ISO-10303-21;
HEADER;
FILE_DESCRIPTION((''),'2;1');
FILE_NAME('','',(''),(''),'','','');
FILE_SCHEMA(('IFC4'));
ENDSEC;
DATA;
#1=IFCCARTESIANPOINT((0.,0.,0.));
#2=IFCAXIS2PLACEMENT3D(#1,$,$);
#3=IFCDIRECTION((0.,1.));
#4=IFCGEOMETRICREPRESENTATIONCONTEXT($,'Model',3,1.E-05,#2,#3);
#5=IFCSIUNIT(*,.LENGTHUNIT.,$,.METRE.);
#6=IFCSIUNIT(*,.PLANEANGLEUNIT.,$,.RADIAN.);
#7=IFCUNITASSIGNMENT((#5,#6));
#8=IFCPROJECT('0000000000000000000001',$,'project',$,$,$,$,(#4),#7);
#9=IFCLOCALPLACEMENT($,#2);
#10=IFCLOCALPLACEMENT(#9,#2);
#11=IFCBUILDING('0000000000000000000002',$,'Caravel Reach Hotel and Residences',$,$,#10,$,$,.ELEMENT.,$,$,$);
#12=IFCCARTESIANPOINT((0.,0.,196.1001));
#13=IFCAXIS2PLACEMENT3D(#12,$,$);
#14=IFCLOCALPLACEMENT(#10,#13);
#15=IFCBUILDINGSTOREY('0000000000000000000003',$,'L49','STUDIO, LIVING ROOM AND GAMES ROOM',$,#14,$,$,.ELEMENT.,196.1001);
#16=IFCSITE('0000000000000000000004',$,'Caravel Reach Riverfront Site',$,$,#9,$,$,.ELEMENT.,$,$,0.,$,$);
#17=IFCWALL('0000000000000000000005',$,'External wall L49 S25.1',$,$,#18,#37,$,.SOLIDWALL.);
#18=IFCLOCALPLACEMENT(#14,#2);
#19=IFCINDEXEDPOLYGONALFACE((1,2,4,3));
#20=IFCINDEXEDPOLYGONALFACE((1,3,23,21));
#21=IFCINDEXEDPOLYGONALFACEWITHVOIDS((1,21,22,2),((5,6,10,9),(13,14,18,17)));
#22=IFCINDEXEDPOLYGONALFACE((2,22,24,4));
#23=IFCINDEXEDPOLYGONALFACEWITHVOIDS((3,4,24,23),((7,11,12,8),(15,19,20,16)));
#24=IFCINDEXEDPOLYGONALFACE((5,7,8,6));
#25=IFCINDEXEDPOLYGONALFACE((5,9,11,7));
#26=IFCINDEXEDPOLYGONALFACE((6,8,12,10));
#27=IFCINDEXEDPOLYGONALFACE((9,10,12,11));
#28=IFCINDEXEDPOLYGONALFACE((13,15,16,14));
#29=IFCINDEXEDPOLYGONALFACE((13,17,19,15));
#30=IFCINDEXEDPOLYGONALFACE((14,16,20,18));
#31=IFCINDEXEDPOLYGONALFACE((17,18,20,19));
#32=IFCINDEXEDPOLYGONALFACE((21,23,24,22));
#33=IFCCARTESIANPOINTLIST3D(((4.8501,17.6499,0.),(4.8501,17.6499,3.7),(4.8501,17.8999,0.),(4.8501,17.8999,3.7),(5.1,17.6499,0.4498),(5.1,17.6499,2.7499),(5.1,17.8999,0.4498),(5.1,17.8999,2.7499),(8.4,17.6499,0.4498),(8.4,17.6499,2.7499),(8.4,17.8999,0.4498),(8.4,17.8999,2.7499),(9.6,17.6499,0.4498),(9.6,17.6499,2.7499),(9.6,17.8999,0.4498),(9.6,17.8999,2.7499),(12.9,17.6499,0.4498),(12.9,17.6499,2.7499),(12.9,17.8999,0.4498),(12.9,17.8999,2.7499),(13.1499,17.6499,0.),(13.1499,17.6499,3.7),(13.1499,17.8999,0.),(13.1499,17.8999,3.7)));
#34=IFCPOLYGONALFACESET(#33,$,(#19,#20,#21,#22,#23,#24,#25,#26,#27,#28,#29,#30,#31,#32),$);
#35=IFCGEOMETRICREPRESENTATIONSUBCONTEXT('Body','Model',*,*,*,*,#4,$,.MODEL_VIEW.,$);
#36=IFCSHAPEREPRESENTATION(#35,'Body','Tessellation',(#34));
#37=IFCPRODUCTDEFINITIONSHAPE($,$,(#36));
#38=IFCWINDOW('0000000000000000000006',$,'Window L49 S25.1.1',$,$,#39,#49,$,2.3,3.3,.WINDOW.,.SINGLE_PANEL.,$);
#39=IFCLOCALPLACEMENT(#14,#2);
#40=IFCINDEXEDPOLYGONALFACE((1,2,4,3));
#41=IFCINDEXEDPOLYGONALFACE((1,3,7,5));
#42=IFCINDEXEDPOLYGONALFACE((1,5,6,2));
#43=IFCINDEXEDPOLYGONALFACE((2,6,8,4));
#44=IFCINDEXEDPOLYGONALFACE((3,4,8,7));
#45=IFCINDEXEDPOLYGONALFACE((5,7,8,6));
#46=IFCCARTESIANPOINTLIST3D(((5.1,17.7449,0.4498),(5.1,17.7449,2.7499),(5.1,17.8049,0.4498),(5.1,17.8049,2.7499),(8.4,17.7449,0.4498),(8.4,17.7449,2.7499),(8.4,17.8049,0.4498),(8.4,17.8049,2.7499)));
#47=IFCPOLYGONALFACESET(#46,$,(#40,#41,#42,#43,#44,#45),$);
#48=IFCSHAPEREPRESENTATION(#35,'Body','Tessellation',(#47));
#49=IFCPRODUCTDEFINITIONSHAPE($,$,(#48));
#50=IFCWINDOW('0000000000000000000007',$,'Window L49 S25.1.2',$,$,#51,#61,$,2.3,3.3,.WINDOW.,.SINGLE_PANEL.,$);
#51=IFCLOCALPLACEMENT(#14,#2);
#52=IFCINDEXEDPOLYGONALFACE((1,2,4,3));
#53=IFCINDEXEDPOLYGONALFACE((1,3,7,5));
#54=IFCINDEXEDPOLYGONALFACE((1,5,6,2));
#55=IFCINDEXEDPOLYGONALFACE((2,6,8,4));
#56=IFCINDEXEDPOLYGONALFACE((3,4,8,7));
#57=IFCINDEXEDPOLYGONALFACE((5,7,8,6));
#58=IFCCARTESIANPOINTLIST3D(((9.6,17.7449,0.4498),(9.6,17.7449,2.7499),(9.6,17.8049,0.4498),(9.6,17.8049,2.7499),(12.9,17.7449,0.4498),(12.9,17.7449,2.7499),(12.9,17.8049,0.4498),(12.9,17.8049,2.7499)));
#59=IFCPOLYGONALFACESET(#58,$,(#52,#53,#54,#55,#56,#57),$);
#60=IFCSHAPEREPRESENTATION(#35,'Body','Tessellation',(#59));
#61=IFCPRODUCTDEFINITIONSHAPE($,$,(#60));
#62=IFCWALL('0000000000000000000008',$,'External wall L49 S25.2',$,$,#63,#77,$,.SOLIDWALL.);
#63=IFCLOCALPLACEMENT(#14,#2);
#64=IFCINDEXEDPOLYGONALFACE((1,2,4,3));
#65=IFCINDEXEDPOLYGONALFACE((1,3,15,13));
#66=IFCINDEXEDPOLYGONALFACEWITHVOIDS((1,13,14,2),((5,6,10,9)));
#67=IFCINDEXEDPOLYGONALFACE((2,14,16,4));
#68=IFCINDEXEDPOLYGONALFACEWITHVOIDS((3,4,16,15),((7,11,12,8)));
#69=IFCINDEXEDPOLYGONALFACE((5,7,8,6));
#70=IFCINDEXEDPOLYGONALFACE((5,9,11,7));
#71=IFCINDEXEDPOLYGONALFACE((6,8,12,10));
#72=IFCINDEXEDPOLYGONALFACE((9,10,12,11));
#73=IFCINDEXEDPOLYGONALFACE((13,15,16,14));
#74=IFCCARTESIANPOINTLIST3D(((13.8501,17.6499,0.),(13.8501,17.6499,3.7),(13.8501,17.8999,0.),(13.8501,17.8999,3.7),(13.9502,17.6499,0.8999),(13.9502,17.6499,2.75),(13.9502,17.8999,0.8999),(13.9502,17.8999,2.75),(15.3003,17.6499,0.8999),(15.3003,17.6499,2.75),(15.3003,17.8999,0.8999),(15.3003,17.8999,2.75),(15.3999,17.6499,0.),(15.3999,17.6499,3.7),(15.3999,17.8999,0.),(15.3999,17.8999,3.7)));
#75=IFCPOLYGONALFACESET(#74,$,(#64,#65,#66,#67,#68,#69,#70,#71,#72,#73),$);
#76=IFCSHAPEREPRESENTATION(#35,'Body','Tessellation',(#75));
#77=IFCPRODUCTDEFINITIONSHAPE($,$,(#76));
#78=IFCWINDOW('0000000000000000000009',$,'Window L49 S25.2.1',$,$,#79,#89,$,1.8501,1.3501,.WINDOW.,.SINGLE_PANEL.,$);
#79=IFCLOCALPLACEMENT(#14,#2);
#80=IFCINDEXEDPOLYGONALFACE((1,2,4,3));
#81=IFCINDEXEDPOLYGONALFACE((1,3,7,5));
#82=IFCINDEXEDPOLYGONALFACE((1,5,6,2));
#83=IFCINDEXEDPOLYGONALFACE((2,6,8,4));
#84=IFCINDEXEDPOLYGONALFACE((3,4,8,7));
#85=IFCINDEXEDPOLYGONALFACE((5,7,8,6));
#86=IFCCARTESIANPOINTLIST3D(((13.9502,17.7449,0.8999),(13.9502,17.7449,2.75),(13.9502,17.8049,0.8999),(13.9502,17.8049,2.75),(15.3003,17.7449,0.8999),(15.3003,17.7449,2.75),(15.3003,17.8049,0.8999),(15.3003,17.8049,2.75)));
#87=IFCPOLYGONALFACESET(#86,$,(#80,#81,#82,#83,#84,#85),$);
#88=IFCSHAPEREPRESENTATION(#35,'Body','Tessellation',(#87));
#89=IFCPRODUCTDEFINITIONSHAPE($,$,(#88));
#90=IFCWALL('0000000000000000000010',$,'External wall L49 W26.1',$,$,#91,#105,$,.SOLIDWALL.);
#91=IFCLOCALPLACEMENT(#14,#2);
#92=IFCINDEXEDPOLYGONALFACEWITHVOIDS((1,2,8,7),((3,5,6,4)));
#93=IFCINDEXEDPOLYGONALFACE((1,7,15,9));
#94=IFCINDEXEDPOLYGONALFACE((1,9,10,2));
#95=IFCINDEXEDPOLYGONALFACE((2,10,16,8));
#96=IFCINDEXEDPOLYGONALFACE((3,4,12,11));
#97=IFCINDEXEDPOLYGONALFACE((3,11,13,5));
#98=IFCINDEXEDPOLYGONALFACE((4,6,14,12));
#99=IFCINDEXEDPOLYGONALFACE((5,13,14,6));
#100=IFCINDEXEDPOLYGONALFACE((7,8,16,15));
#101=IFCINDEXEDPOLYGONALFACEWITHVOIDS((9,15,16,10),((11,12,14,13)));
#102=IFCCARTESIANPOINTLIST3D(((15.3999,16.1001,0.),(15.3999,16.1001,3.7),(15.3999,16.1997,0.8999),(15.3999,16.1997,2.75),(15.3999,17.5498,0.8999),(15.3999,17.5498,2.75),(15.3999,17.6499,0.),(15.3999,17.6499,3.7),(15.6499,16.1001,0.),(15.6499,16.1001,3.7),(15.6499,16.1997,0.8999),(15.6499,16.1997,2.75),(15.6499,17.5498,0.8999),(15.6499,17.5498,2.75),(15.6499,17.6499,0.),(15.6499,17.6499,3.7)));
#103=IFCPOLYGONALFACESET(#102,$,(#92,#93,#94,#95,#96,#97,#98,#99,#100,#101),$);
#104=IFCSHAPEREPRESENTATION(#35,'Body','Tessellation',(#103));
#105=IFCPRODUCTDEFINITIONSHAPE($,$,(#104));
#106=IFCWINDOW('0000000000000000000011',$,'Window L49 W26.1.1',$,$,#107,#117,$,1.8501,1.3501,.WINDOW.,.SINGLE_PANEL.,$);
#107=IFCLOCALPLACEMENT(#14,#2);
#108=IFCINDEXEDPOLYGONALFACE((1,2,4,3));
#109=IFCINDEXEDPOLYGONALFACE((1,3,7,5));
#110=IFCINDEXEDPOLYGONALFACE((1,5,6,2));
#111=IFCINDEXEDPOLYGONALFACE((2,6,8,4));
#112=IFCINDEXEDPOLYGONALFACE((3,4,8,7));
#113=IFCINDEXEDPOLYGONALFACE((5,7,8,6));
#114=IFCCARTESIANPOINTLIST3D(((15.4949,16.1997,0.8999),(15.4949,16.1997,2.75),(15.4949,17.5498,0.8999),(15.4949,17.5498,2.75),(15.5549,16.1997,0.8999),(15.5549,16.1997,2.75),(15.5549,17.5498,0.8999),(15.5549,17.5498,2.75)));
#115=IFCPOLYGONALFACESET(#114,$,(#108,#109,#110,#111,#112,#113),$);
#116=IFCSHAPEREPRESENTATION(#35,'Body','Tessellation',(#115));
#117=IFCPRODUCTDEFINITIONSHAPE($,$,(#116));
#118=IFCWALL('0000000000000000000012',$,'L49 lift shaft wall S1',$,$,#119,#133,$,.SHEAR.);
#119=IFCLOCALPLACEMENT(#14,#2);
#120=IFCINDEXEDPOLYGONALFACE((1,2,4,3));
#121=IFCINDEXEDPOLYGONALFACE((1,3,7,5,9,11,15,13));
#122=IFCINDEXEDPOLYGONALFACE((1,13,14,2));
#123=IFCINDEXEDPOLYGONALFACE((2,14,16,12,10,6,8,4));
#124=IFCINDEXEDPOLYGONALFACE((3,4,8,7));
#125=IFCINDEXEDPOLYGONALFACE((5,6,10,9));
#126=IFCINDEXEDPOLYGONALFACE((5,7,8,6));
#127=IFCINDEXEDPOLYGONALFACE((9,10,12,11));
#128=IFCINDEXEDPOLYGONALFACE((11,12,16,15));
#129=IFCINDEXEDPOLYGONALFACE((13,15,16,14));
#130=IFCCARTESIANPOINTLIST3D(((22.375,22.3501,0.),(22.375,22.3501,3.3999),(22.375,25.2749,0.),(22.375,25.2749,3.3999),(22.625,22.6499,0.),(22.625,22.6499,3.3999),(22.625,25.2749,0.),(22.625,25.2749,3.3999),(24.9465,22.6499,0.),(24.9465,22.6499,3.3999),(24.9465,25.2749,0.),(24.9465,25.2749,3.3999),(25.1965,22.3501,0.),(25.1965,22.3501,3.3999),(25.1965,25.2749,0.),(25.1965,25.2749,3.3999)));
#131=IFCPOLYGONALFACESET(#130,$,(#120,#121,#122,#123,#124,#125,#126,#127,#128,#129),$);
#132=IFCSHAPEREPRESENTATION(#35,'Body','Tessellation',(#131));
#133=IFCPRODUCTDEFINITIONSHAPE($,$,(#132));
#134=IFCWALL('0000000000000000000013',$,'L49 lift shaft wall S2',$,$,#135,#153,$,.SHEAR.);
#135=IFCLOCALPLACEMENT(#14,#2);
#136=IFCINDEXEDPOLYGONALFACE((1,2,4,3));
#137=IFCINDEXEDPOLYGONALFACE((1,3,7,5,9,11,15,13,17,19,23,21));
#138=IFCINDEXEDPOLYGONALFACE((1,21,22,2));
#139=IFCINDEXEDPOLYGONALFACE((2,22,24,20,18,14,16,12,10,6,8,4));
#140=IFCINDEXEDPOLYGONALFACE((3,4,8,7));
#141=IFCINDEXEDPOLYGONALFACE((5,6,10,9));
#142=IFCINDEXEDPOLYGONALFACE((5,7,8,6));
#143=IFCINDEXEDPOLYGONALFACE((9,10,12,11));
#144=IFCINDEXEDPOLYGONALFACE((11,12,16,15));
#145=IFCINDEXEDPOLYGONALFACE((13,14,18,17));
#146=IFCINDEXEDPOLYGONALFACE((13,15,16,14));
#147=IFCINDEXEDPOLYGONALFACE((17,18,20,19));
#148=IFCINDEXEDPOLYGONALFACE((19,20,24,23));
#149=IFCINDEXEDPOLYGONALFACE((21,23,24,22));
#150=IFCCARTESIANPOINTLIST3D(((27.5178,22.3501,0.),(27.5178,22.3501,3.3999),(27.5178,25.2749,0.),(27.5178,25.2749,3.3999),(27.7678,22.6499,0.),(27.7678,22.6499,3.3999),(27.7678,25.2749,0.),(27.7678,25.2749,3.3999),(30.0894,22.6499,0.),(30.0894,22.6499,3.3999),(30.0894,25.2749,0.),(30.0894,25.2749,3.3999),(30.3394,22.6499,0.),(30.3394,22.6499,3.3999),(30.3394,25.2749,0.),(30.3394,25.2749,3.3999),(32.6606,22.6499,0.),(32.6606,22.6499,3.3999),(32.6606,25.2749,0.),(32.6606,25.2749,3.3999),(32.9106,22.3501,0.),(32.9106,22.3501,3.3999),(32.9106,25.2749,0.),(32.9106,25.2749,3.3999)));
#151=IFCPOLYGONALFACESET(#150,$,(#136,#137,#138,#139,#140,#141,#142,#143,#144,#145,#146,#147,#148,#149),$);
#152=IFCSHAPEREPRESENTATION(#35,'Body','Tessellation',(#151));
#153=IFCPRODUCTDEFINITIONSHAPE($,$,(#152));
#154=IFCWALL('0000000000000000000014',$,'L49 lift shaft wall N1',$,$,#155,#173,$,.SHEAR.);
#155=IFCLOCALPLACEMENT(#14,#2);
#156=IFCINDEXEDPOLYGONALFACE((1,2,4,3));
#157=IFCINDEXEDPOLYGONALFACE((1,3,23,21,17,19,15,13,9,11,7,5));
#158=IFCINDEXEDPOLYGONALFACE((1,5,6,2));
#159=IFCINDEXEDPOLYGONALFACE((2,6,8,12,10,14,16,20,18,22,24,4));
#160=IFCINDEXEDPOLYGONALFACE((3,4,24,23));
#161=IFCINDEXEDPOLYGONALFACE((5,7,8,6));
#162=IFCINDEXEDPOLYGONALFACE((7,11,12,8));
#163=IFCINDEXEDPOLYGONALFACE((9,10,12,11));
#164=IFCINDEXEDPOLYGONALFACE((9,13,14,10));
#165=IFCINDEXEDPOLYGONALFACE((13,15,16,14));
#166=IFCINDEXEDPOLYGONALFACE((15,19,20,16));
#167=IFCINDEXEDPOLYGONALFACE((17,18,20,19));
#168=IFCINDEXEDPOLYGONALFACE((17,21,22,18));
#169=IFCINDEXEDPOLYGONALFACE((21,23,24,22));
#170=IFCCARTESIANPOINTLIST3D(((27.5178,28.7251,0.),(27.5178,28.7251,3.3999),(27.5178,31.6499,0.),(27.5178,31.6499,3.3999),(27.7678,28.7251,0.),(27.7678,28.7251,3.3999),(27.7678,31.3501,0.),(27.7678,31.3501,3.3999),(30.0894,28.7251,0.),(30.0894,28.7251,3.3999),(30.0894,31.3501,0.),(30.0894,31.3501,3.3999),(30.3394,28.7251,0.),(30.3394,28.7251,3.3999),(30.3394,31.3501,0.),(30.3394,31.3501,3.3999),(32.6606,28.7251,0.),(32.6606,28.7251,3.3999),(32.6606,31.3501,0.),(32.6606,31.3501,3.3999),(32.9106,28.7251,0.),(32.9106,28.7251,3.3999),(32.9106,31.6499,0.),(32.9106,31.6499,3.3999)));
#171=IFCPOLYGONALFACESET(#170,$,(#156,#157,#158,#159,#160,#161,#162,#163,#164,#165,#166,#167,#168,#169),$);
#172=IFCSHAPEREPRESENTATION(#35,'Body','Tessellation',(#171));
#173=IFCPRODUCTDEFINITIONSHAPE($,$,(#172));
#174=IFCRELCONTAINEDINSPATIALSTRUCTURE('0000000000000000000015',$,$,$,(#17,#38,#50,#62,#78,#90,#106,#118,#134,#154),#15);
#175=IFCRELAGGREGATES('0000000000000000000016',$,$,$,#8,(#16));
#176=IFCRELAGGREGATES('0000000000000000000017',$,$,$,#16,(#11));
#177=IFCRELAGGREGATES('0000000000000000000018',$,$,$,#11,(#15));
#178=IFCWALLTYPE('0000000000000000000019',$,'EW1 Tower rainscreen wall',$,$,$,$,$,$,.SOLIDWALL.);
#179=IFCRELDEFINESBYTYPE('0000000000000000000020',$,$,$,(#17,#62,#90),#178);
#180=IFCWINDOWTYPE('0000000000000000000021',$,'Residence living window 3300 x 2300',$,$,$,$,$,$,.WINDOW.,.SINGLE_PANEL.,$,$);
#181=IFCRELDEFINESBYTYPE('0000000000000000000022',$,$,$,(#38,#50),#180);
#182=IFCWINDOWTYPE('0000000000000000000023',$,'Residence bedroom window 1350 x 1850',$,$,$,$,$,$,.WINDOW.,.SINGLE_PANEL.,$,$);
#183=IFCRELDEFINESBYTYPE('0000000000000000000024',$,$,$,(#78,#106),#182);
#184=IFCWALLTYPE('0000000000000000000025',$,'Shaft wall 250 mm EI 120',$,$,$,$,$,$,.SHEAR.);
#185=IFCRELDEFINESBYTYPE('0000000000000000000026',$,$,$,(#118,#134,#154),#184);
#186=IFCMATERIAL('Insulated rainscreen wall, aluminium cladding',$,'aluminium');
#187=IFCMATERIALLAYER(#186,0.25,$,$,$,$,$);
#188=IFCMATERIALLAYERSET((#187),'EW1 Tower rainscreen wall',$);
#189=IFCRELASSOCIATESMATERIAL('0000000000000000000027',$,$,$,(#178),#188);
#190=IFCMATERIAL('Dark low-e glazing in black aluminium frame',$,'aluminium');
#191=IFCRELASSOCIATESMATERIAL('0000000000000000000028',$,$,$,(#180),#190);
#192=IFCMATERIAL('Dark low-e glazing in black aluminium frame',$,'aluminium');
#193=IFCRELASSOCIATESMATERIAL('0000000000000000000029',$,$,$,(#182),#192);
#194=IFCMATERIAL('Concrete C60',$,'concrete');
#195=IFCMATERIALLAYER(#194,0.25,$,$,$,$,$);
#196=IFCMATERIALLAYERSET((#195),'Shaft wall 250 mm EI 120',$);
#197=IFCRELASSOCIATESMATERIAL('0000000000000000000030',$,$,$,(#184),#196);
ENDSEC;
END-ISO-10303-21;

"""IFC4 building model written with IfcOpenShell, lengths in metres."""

from ifc_helpers import new_model, si_unit, direction, frame, frame_2d, origin, place, context, subcontext, project, spatial, polyline, rectangle, outline, extrude, material, layer, layer_set, type_object, element, fill, save


model = new_model("IFC4")

# Units and contexts
model_context = context("Model", 3, precision=1e-05, world=origin(), true_north=direction((0.0, 1.0)))
body_context = subcontext(model_context, "Body", "Model", "MODEL_VIEW")
ifc_project = project(units=[si_unit("LENGTHUNIT", "METRE"), si_unit("PLANEANGLEUNIT", "RADIAN")], contexts=[model_context])

# Site, building, storey
site_placement = place(None, origin())
site = spatial("IfcSite", under=ifc_project, at=site_placement, Name="Caravel Reach Riverfront Site", CompositionType="ELEMENT", RefElevation=0.0)
building_placement = place(site_placement, origin())
building = spatial("IfcBuilding", under=site, at=building_placement, Name="Caravel Reach Hotel and Residences", CompositionType="ELEMENT")
storey_placement = place(building_placement, frame((0.0, 0.0, 196.1001)))
storey = spatial("IfcBuildingStorey", under=building, at=storey_placement, Name="L49", Description="STUDIO, LIVING ROOM AND GAMES ROOM", CompositionType="ELEMENT", Elevation=196.1001)

# Wall, openings, windows
ifc_material_1 = material(Name="Insulated rainscreen wall, aluminium cladding", Category="aluminium")
ifc_layer_1 = layer(ifc_material_1, 0.25)
ifc_layer_set_1 = layer_set([ifc_layer_1], Name="EW1 Tower rainscreen wall")
wall_type_1 = type_object("IfcWallType", Name="EW1 Tower rainscreen wall", PredefinedType="SOLIDWALL", material=ifc_layer_set_1)
wall_1_placement = place(storey_placement, frame((4.8501, 17.7749, 0.0), z_axis=(0.0, 0.0, 1.0), x_axis=(1.0, 0.0, 0.0)))
wall_1 = element("IfcWall", 1, at=wall_1_placement, inside=storey, type_object=wall_type_1, Name="External wall L49 S25.1", PredefinedType="SOLIDWALL", context=body_context, shape_type="SweptSolid", body=[
    extrude(rectangle(XDim=8.2998, YDim=0.25, at=frame_2d((4.1499, 0.0))), origin(), (0.0, 0.0, 1.0), 3.7),
])
opening_1_placement = place(wall_1_placement, frame((0.25, 0.0, 0.45)))
opening_1 = element("IfcOpeningElement", 2, at=opening_1_placement, cuts=wall_1, PredefinedType="OPENING", context=body_context, shape_type="SweptSolid", body=[
    extrude(rectangle(XDim=3.3, YDim=2.3, at=frame_2d((1.6499, 1.1499))), frame((0.0, 0.135, 0.0), z_axis=(0.0, -1.0, 0.0), x_axis=(1.0, 0.0, 0.0)), (0.0, 0.0, 1.0), 0.27),
])
opening_2_placement = place(wall_1_placement, frame((4.75, 0.0, 0.45)))
opening_2 = element("IfcOpeningElement", 3, at=opening_2_placement, cuts=wall_1, PredefinedType="OPENING", context=body_context, shape_type="SweptSolid", body=[
    extrude(rectangle(XDim=3.3, YDim=2.3, at=frame_2d((1.6499, 1.1499))), frame((0.0, 0.135, 0.0), z_axis=(0.0, -1.0, 0.0), x_axis=(1.0, 0.0, 0.0)), (0.0, 0.0, 1.0), 0.27),
])
ifc_material_2 = material(Name="Dark low-e glazing in black aluminium frame", Category="aluminium")
window_type_1 = type_object("IfcWindowType", Name="Residence living window 3300 x 2300", PartitioningType="SINGLE_PANEL", PredefinedType="WINDOW", material=ifc_material_2)
window_1_placement = place(opening_1_placement, origin())
window_1 = element("IfcWindow", 4, at=window_1_placement, inside=storey, type_object=window_type_1, Name="Window L49 S25.1.1", OverallHeight=2.3, OverallWidth=3.3, PartitioningType="SINGLE_PANEL", PredefinedType="WINDOW", context=body_context, shape_type="SweptSolid", body=[
    extrude(rectangle(XDim=3.3, YDim=2.3, at=frame_2d((1.6499, 1.1499))), frame((0.0, 0.03, 0.0), z_axis=(0.0, -1.0, 0.0), x_axis=(1.0, 0.0, 0.0)), (0.0, 0.0, 1.0), 0.0601),
])
fill(opening_1, window_1)
window_2_placement = place(opening_2_placement, origin())
window_2 = element("IfcWindow", 5, at=window_2_placement, inside=storey, type_object=window_type_1, Name="Window L49 S25.1.2", OverallHeight=2.3, OverallWidth=3.3, PartitioningType="SINGLE_PANEL", PredefinedType="WINDOW", context=body_context, shape_type="SweptSolid", body=[
    extrude(rectangle(XDim=3.3, YDim=2.3, at=frame_2d((1.6499, 1.1499))), frame((0.0, 0.03, 0.0), z_axis=(0.0, -1.0, 0.0), x_axis=(1.0, 0.0, 0.0)), (0.0, 0.0, 1.0), 0.0601),
])
fill(opening_2, window_2)

# Walls, openings, windows
wall_2_placement = place(storey_placement, frame((13.8501, 17.7749, 0.0), z_axis=(0.0, 0.0, 1.0), x_axis=(1.0, 0.0, 0.0)))
wall_2 = element("IfcWall", 6, at=wall_2_placement, inside=storey, type_object=wall_type_1, Name="External wall L49 S25.2", PredefinedType="SOLIDWALL", context=body_context, shape_type="SweptSolid", body=[
    extrude(rectangle(XDim=1.5498, YDim=0.25, at=frame_2d((0.7749, 0.0))), origin(), (0.0, 0.0, 1.0), 3.7),
])
opening_3_placement = place(wall_2_placement, frame((0.1001, 0.0, 0.8999)))
opening_3 = element("IfcOpeningElement", 7, at=opening_3_placement, cuts=wall_2, PredefinedType="OPENING", context=body_context, shape_type="SweptSolid", body=[
    extrude(rectangle(XDim=1.3501, YDim=1.8501, at=frame_2d((0.675, 0.925))), frame((0.0, 0.135, 0.0), z_axis=(0.0, -1.0, 0.0), x_axis=(1.0, 0.0, 0.0)), (0.0, 0.0, 1.0), 0.27),
])
ifc_material_3 = material(Name="Dark low-e glazing in black aluminium frame", Category="aluminium")
window_type_2 = type_object("IfcWindowType", Name="Residence bedroom window 1350 x 1850", PartitioningType="SINGLE_PANEL", PredefinedType="WINDOW", material=ifc_material_3)
window_3_placement = place(opening_3_placement, origin())
window_3 = element("IfcWindow", 8, at=window_3_placement, inside=storey, type_object=window_type_2, Name="Window L49 S25.2.1", OverallHeight=1.8501, OverallWidth=1.3501, PartitioningType="SINGLE_PANEL", PredefinedType="WINDOW", context=body_context, shape_type="SweptSolid", body=[
    extrude(rectangle(XDim=1.3501, YDim=1.8501, at=frame_2d((0.675, 0.925))), frame((0.0, 0.03, 0.0), z_axis=(0.0, -1.0, 0.0), x_axis=(1.0, 0.0, 0.0)), (0.0, 0.0, 1.0), 0.0601),
])
fill(opening_3, window_3)
wall_3_placement = place(storey_placement, frame((15.5249, 17.6499, 0.0), z_axis=(0.0, 0.0, 1.0), x_axis=(0.0, -1.0, 0.0)))
wall_3 = element("IfcWall", 9, at=wall_3_placement, inside=storey, type_object=wall_type_1, Name="External wall L49 W26.1", PredefinedType="SOLIDWALL", context=body_context, shape_type="SweptSolid", body=[
    extrude(rectangle(XDim=1.5498, YDim=0.25, at=frame_2d((0.7749, 0.0))), origin(), (0.0, 0.0, 1.0), 3.7),
])
opening_4_placement = place(wall_3_placement, frame((0.1001, 0.0, 0.8999)))
opening_4 = element("IfcOpeningElement", 10, at=opening_4_placement, cuts=wall_3, PredefinedType="OPENING", context=body_context, shape_type="SweptSolid", body=[
    extrude(rectangle(XDim=1.3501, YDim=1.8501, at=frame_2d((0.675, 0.925))), frame((0.0, 0.135, 0.0), z_axis=(0.0, -1.0, 0.0), x_axis=(1.0, 0.0, 0.0)), (0.0, 0.0, 1.0), 0.27),
])
window_4_placement = place(opening_4_placement, origin())
window_4 = element("IfcWindow", 11, at=window_4_placement, inside=storey, type_object=window_type_2, Name="Window L49 W26.1.1", OverallHeight=1.8501, OverallWidth=1.3501, PartitioningType="SINGLE_PANEL", PredefinedType="WINDOW", context=body_context, shape_type="SweptSolid", body=[
    extrude(rectangle(XDim=1.3501, YDim=1.8501, at=frame_2d((0.675, 0.925))), frame((0.0, 0.03, 0.0), z_axis=(0.0, -1.0, 0.0), x_axis=(1.0, 0.0, 0.0)), (0.0, 0.0, 1.0), 0.0601),
])
fill(opening_4, window_4)

# Walls
ifc_material_4 = material(Name="Concrete C60", Category="concrete")
ifc_layer_2 = layer(ifc_material_4, 0.25)
ifc_layer_set_2 = layer_set([ifc_layer_2], Name="Shaft wall 250 mm EI 120")
wall_type_2 = type_object("IfcWallType", Name="Shaft wall 250 mm EI 120", PredefinedType="SHEAR", material=ifc_layer_set_2)
wall_4_placement = place(storey_placement, origin())
element("IfcWall", 12, at=wall_4_placement, inside=storey, type_object=wall_type_2, Name="L49 lift shaft wall S1", PredefinedType="SHEAR", context=body_context, shape_type="SweptSolid", body=[
    extrude(outline(polyline([(22.375, 22.3501), (25.1965, 22.3501), (25.1965, 25.2749), (24.9465, 25.2749), (24.9465, 22.6499), (22.625, 22.6499), (22.625, 25.2749), (22.375, 25.2749), (22.375, 22.3501)])), origin(), (0.0, 0.0, 1.0), 3.3999),
])
wall_5_placement = place(storey_placement, origin())
element("IfcWall", 13, at=wall_5_placement, inside=storey, type_object=wall_type_2, Name="L49 lift shaft wall S2", PredefinedType="SHEAR", context=body_context, shape_type="SweptSolid", body=[
    extrude(outline(polyline([(27.5178, 22.3501), (32.9106, 22.3501), (32.9106, 25.2749), (32.6606, 25.2749), (32.6606, 22.6499), (30.3394, 22.6499), (30.3394, 25.2749), (30.0894, 25.2749), (30.0894, 22.6499), (27.7678, 22.6499), (27.7678, 25.2749), (27.5178, 25.2749), (27.5178, 22.3501)])), origin(), (0.0, 0.0, 1.0), 3.3999),
])
wall_6_placement = place(storey_placement, origin())
element("IfcWall", 14, at=wall_6_placement, inside=storey, type_object=wall_type_2, Name="L49 lift shaft wall N1", PredefinedType="SHEAR", context=body_context, shape_type="SweptSolid", body=[
    extrude(outline(polyline([(27.5178, 28.7251), (27.7678, 28.7251), (27.7678, 31.3501), (30.0894, 31.3501), (30.0894, 28.7251), (30.3394, 28.7251), (30.3394, 31.3501), (32.6606, 31.3501), (32.6606, 28.7251), (32.9106, 28.7251), (32.9106, 31.6499), (27.5178, 31.6499), (27.5178, 28.7251)])), origin(), (0.0, 0.0, 1.0), 3.3999),
])

save(model, "model.ifc")
